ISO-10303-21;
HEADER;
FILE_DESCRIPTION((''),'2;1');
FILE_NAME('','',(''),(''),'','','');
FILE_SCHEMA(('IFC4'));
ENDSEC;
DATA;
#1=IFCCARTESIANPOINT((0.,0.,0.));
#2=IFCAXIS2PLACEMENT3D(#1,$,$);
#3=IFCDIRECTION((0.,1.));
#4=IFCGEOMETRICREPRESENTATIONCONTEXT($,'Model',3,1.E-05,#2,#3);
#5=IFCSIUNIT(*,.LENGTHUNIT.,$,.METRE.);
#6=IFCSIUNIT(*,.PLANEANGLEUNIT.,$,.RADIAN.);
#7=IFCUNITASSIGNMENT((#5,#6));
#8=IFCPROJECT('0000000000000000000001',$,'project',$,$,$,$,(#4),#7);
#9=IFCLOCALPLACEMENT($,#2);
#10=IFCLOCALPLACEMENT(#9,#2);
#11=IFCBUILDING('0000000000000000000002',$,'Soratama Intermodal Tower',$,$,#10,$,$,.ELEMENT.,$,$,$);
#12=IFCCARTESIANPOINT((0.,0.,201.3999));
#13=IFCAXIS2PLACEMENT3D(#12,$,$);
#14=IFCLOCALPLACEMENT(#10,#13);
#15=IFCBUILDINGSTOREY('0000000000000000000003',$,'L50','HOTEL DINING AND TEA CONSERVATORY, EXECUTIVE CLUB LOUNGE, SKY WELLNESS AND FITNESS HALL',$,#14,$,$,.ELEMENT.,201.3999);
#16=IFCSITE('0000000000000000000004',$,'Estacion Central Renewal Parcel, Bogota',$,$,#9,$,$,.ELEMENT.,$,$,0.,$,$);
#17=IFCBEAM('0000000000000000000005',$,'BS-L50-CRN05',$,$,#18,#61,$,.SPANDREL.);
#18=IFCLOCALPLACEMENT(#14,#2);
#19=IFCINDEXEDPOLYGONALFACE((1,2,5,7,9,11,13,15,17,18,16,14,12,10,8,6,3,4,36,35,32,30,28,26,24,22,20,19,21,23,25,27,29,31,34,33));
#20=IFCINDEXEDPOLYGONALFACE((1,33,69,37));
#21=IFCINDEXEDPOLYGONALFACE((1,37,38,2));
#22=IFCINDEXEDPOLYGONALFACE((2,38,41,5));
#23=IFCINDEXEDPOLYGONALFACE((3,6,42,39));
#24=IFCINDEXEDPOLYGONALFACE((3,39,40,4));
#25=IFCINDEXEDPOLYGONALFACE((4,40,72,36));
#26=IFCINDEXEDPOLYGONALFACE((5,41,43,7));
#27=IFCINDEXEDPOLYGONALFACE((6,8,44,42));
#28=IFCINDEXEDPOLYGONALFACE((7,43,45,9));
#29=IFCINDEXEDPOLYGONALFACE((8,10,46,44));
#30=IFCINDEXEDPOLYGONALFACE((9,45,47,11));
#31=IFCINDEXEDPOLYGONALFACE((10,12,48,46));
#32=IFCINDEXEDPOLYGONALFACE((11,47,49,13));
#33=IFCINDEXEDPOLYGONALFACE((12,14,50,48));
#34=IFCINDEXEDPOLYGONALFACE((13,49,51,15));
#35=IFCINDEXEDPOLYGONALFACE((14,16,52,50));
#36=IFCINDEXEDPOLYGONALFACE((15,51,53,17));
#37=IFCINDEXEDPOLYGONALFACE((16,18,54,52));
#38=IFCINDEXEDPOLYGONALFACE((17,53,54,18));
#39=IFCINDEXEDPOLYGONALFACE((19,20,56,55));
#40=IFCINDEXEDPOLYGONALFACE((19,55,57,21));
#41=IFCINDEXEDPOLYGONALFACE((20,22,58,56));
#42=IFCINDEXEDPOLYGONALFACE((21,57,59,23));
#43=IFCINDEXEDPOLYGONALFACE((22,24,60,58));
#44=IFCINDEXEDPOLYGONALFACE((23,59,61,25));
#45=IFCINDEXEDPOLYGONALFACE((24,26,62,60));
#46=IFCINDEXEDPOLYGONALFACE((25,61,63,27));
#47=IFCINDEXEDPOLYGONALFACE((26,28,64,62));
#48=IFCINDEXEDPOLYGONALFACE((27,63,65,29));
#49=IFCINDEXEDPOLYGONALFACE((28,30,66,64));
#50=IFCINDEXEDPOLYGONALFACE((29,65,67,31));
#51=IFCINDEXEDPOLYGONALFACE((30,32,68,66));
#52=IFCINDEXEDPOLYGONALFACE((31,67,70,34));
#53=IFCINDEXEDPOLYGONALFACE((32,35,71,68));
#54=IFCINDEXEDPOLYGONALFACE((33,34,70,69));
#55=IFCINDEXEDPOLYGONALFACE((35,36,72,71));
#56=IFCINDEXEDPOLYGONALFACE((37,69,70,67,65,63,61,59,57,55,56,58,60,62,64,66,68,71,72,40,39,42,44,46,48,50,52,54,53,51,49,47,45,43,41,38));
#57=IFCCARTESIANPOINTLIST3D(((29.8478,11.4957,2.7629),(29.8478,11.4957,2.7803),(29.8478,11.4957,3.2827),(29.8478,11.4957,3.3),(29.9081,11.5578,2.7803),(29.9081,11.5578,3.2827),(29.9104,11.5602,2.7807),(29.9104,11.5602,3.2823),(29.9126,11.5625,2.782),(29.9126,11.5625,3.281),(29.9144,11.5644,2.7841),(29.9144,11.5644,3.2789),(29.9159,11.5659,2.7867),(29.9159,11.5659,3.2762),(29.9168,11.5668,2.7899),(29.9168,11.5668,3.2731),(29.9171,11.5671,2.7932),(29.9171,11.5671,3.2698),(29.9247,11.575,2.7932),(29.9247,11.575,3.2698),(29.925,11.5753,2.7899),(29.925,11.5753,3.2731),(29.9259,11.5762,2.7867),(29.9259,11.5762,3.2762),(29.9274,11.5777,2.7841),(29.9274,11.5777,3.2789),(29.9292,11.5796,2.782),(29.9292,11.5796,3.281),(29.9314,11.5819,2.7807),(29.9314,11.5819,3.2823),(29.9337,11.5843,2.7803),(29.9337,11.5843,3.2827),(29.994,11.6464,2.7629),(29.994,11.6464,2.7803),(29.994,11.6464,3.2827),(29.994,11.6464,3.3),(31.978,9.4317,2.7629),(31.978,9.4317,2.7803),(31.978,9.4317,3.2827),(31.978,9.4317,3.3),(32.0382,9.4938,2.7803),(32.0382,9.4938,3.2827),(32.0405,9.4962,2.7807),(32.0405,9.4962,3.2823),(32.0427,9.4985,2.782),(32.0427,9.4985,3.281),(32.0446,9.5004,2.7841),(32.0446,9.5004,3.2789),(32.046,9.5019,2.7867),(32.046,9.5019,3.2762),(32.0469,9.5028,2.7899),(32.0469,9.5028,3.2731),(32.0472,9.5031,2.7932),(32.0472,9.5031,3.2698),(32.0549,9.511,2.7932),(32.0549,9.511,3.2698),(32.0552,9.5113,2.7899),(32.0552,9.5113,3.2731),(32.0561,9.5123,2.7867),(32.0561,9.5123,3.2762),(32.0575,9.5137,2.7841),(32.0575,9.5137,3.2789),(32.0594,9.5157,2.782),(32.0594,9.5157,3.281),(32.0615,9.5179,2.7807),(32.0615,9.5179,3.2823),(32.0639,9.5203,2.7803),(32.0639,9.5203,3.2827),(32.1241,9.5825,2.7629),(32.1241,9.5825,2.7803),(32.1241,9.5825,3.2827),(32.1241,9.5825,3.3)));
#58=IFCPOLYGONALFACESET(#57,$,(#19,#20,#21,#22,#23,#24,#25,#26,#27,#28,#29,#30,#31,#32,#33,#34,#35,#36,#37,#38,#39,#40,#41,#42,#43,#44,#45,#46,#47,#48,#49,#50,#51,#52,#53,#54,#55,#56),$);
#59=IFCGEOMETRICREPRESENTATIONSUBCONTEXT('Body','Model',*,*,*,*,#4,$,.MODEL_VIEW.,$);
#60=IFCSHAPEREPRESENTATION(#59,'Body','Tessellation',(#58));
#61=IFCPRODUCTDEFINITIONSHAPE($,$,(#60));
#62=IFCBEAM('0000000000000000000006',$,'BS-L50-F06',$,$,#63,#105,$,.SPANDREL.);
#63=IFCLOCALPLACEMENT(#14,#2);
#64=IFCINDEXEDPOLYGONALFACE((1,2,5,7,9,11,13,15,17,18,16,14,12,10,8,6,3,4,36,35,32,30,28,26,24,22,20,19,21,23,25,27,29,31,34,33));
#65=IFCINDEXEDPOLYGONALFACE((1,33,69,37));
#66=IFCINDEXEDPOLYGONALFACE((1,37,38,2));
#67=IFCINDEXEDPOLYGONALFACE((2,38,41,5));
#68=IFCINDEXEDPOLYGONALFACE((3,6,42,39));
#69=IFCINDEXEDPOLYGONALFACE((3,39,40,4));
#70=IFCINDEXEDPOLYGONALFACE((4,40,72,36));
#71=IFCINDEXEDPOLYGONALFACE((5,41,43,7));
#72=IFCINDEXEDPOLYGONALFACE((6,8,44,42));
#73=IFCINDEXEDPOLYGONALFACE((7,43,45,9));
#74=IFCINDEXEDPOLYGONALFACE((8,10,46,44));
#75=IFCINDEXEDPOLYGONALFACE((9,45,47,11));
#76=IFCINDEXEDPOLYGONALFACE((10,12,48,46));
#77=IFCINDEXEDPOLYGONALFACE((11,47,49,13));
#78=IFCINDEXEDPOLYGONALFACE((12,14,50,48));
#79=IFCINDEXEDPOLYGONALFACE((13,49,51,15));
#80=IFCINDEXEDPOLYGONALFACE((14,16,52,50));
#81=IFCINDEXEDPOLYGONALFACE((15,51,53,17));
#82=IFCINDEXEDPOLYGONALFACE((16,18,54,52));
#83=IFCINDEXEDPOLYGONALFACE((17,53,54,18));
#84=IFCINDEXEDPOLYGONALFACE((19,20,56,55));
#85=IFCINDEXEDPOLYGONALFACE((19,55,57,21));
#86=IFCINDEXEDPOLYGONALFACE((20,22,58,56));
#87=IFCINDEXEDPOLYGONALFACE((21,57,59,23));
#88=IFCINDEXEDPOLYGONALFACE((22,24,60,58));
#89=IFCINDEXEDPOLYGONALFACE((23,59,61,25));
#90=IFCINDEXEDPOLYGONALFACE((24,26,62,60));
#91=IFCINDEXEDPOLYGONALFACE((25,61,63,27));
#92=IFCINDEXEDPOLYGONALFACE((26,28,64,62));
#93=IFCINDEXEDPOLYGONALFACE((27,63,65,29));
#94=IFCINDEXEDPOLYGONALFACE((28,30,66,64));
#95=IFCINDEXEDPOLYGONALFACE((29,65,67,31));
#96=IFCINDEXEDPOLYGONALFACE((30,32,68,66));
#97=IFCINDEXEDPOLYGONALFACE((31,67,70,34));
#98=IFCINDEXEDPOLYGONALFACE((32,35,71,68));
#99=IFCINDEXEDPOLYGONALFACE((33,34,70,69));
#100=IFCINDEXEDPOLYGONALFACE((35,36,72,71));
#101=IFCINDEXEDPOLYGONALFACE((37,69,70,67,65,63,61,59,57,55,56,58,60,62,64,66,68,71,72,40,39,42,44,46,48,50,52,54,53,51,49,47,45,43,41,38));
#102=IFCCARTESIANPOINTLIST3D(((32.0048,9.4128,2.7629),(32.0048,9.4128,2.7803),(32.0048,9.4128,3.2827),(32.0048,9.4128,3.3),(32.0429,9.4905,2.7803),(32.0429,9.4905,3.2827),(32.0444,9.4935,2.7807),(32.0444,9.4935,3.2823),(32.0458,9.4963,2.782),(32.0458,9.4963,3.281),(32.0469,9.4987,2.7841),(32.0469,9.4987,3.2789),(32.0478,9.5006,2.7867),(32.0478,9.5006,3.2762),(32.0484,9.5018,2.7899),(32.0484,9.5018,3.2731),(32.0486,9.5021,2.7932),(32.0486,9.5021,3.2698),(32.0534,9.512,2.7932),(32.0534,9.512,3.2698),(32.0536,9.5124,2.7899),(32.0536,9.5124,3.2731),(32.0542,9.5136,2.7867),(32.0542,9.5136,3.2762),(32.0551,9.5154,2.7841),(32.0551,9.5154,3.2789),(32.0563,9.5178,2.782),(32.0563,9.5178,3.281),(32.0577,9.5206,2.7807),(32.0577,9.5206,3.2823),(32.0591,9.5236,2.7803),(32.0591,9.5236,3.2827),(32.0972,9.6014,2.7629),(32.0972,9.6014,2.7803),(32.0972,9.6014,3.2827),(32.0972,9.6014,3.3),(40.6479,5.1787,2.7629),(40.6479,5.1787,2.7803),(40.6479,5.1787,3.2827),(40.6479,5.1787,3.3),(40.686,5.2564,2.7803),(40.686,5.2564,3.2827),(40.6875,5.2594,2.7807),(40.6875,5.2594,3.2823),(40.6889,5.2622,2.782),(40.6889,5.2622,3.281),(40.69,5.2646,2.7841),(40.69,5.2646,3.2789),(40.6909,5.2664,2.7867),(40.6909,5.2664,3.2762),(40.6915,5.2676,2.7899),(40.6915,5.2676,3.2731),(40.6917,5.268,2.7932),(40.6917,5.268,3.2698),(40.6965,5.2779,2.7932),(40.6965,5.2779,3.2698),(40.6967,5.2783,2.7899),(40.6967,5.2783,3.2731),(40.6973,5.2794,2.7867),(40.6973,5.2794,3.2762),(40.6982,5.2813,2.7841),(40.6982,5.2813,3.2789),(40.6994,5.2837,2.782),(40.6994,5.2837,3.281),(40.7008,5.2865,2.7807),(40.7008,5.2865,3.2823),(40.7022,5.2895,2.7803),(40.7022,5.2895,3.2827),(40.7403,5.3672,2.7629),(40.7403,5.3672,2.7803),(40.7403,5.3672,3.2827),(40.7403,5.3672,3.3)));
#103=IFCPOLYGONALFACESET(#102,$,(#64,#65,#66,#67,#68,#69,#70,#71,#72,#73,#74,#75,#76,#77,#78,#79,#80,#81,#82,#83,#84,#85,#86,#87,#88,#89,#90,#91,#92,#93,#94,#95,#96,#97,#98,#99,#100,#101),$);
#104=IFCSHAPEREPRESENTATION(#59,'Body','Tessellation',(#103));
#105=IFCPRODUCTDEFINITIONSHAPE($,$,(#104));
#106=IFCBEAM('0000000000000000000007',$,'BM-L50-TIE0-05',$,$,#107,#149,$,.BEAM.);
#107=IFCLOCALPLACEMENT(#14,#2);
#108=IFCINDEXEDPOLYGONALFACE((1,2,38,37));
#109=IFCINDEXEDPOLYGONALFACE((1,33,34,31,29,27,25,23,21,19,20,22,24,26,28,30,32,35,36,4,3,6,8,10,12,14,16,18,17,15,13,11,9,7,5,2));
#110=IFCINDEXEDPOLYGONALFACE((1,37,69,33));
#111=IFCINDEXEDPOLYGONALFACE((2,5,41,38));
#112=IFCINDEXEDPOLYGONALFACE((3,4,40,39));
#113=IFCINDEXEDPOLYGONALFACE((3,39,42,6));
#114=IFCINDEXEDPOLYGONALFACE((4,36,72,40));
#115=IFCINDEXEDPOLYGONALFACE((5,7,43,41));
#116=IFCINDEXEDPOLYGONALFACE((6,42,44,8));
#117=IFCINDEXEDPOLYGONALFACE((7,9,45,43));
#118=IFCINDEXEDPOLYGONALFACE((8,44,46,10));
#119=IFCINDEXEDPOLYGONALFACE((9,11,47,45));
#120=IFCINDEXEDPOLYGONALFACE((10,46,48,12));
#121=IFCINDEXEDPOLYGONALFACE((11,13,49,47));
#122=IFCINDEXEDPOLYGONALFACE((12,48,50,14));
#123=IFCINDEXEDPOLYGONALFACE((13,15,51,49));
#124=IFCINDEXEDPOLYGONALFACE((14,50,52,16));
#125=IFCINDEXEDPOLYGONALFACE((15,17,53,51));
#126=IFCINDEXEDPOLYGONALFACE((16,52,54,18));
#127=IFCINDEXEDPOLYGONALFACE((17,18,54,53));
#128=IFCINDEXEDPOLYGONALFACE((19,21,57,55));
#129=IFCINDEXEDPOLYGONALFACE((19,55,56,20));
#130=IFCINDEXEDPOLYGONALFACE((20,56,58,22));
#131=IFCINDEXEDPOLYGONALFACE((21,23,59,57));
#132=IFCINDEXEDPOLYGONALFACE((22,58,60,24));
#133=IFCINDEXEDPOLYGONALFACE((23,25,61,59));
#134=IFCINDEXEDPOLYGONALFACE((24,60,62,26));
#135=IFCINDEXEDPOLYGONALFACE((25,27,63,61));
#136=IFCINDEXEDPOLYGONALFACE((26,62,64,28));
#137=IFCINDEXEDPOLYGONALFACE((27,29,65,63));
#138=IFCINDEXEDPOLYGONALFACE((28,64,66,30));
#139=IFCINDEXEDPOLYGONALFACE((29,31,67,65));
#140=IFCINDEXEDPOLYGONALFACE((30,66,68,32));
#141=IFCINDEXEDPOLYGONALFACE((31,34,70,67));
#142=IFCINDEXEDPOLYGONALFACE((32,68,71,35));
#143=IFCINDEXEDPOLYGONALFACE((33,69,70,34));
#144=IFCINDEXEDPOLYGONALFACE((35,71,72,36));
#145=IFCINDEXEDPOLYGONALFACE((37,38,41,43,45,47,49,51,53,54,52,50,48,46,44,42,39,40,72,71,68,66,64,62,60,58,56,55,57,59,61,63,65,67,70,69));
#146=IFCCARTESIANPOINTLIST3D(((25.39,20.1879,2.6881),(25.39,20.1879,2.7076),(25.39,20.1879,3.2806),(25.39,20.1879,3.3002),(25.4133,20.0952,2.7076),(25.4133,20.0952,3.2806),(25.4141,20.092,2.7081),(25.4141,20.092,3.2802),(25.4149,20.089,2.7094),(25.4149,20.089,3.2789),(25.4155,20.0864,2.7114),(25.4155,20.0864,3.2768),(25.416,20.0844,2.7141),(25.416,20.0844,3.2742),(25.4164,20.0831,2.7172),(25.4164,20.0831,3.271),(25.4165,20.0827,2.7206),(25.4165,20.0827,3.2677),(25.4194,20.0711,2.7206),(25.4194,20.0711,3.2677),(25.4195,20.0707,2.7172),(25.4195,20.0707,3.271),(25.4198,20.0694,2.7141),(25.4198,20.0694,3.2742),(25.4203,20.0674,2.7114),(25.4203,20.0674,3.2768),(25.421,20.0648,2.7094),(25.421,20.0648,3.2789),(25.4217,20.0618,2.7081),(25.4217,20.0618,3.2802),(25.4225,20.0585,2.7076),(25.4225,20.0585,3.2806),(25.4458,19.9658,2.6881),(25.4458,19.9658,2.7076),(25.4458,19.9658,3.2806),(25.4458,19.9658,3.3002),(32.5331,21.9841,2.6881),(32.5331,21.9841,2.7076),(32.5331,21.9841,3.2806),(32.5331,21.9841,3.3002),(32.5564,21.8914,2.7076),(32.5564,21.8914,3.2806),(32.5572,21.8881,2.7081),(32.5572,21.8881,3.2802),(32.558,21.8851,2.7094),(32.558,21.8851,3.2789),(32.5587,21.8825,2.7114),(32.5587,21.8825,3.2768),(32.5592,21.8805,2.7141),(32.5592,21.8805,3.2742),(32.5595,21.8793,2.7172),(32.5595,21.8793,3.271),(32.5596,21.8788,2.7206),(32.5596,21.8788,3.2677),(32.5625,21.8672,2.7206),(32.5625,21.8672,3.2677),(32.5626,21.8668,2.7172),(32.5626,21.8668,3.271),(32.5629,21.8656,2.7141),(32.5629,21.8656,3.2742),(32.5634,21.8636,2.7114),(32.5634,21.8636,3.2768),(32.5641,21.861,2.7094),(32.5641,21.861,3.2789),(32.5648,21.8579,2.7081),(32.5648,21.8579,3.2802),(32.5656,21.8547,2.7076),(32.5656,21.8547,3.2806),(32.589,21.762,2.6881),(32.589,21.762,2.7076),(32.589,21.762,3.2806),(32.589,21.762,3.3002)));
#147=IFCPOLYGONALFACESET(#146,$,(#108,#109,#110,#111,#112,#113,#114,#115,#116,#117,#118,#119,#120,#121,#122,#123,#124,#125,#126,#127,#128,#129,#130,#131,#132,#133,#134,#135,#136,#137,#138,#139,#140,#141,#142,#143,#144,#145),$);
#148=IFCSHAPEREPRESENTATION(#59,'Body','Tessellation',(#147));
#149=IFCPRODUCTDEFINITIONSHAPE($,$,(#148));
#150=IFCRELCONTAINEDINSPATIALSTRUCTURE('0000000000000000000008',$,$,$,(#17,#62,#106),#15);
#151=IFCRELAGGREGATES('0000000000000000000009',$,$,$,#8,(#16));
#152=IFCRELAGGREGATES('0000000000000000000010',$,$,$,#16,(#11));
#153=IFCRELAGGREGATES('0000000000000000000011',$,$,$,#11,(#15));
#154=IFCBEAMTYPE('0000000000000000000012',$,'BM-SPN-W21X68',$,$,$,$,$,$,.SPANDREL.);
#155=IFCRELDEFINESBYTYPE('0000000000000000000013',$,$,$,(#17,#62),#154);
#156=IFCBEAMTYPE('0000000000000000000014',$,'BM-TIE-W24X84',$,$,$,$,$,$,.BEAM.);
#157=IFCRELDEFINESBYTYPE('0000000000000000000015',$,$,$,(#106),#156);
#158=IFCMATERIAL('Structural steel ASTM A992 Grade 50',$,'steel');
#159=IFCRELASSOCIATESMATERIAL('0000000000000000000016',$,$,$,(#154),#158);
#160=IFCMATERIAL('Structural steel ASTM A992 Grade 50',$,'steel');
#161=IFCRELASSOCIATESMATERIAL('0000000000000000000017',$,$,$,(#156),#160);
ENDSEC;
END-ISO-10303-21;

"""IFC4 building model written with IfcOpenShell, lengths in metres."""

from ifc_helpers import new_model, si_unit, direction, frame, origin, origin_2d, place, context, subcontext, project, spatial, i_section, extrude, material, material_profile, profile_set, type_object, element, save


model = new_model("IFC4")

# Units and contexts
model_context = context("Model", 3, precision=1e-05, world=origin(), true_north=direction((0.0, 1.0)))
body_context = subcontext(model_context, "Body", "Model", "MODEL_VIEW")
ifc_project = project(units=[si_unit("LENGTHUNIT", "METRE"), si_unit("PLANEANGLEUNIT", "RADIAN")], contexts=[model_context])

# Site, building, storey
site_placement = place(None, origin())
site = spatial("IfcSite", under=ifc_project, at=site_placement, Name="Estacion Central Renewal Parcel, Bogota", CompositionType="ELEMENT", RefElevation=0.0)
building_placement = place(site_placement, origin())
building = spatial("IfcBuilding", under=site, at=building_placement, Name="Soratama Intermodal Tower", CompositionType="ELEMENT")
storey_placement = place(building_placement, frame((0.0, 0.0, 201.3999)))
storey = spatial("IfcBuildingStorey", under=building, at=storey_placement, Name="L50", Description="HOTEL DINING AND TEA CONSERVATORY, EXECUTIVE CLUB LOUNGE, SKY WELLNESS AND FITNESS HALL", CompositionType="ELEMENT", Elevation=201.3999)

# Beams
ifc_material_1 = material(Name="Structural steel ASTM A992 Grade 50", Category="steel")
ifc_material_profile_1 = material_profile(ifc_material_1, i_section(OverallWidth=0.21, OverallDepth=0.5371, WebThickness=0.011, FlangeThickness=0.0173, FilletRadius=0.0129, at=origin_2d()), Name="W21X68")
ifc_profile_set_1 = profile_set([ifc_material_profile_1], Name="Structural steel ASTM A992 Grade 50")
beam_type_1 = type_object("IfcBeamType", Name="BM-SPN-W21X68", PredefinedType="SPANDREL", material=ifc_profile_set_1)
beam_1_placement = place(storey_placement, frame((29.9209, 11.571, 3.0315), z_axis=(0.718172, -0.695866, 0.0), x_axis=(0.695866, 0.718172, 0.0)))
element("IfcBeam", 1, at=beam_1_placement, inside=storey, type_object=beam_type_1, Name="BS-L50-CRN05", PredefinedType="SPANDREL", context=body_context, shape_type="SweptSolid", body=[
    extrude(i_section(OverallWidth=0.21, OverallDepth=0.5371, WebThickness=0.011, FlangeThickness=0.0173, FilletRadius=0.0129, at=origin_2d()), origin(), (0.0, 0.0, 1.0), 2.9661),
])
beam_2_placement = place(storey_placement, frame((32.051, 9.5071, 3.0315), z_axis=(0.89803, -0.439934, 0.0), x_axis=(0.439934, 0.89803, 0.0)))
element("IfcBeam", 2, at=beam_2_placement, inside=storey, type_object=beam_type_1, Name="BS-L50-F06", PredefinedType="SPANDREL", context=body_context, shape_type="SweptSolid", body=[
    extrude(i_section(OverallWidth=0.21, OverallDepth=0.5371, WebThickness=0.011, FlangeThickness=0.0173, FilletRadius=0.0129, at=origin_2d()), origin(), (0.0, 0.0, 1.0), 9.6245),
])
ifc_material_2 = material(Name="Structural steel ASTM A992 Grade 50", Category="steel")
ifc_material_profile_2 = material_profile(ifc_material_2, i_section(OverallWidth=0.229, OverallDepth=0.6121, WebThickness=0.012, FlangeThickness=0.0195, FilletRadius=0.0129, at=origin_2d()), Name="W24X84")
ifc_profile_set_2 = profile_set([ifc_material_profile_2], Name="Structural steel ASTM A992 Grade 50")
beam_type_2 = type_object("IfcBeamType", Name="BM-TIE-W24X84", PredefinedType="BEAM", material=ifc_profile_set_2)
beam_3_placement = place(storey_placement, frame((32.561, 21.873, 2.9941), z_axis=(-0.96981, -0.243861, 0.0), x_axis=(0.243861, -0.96981, 0.0)))
element("IfcBeam", 3, at=beam_3_placement, inside=storey, type_object=beam_type_2, Name="BM-L50-TIE0-05", PredefinedType="BEAM", context=body_context, shape_type="SweptSolid", body=[
    extrude(i_section(OverallWidth=0.229, OverallDepth=0.6121, WebThickness=0.012, FlangeThickness=0.0195, FilletRadius=0.0129, at=origin_2d()), origin(), (0.0, 0.0, 1.0), 7.3655),
])

save(model, "model.ifc")
